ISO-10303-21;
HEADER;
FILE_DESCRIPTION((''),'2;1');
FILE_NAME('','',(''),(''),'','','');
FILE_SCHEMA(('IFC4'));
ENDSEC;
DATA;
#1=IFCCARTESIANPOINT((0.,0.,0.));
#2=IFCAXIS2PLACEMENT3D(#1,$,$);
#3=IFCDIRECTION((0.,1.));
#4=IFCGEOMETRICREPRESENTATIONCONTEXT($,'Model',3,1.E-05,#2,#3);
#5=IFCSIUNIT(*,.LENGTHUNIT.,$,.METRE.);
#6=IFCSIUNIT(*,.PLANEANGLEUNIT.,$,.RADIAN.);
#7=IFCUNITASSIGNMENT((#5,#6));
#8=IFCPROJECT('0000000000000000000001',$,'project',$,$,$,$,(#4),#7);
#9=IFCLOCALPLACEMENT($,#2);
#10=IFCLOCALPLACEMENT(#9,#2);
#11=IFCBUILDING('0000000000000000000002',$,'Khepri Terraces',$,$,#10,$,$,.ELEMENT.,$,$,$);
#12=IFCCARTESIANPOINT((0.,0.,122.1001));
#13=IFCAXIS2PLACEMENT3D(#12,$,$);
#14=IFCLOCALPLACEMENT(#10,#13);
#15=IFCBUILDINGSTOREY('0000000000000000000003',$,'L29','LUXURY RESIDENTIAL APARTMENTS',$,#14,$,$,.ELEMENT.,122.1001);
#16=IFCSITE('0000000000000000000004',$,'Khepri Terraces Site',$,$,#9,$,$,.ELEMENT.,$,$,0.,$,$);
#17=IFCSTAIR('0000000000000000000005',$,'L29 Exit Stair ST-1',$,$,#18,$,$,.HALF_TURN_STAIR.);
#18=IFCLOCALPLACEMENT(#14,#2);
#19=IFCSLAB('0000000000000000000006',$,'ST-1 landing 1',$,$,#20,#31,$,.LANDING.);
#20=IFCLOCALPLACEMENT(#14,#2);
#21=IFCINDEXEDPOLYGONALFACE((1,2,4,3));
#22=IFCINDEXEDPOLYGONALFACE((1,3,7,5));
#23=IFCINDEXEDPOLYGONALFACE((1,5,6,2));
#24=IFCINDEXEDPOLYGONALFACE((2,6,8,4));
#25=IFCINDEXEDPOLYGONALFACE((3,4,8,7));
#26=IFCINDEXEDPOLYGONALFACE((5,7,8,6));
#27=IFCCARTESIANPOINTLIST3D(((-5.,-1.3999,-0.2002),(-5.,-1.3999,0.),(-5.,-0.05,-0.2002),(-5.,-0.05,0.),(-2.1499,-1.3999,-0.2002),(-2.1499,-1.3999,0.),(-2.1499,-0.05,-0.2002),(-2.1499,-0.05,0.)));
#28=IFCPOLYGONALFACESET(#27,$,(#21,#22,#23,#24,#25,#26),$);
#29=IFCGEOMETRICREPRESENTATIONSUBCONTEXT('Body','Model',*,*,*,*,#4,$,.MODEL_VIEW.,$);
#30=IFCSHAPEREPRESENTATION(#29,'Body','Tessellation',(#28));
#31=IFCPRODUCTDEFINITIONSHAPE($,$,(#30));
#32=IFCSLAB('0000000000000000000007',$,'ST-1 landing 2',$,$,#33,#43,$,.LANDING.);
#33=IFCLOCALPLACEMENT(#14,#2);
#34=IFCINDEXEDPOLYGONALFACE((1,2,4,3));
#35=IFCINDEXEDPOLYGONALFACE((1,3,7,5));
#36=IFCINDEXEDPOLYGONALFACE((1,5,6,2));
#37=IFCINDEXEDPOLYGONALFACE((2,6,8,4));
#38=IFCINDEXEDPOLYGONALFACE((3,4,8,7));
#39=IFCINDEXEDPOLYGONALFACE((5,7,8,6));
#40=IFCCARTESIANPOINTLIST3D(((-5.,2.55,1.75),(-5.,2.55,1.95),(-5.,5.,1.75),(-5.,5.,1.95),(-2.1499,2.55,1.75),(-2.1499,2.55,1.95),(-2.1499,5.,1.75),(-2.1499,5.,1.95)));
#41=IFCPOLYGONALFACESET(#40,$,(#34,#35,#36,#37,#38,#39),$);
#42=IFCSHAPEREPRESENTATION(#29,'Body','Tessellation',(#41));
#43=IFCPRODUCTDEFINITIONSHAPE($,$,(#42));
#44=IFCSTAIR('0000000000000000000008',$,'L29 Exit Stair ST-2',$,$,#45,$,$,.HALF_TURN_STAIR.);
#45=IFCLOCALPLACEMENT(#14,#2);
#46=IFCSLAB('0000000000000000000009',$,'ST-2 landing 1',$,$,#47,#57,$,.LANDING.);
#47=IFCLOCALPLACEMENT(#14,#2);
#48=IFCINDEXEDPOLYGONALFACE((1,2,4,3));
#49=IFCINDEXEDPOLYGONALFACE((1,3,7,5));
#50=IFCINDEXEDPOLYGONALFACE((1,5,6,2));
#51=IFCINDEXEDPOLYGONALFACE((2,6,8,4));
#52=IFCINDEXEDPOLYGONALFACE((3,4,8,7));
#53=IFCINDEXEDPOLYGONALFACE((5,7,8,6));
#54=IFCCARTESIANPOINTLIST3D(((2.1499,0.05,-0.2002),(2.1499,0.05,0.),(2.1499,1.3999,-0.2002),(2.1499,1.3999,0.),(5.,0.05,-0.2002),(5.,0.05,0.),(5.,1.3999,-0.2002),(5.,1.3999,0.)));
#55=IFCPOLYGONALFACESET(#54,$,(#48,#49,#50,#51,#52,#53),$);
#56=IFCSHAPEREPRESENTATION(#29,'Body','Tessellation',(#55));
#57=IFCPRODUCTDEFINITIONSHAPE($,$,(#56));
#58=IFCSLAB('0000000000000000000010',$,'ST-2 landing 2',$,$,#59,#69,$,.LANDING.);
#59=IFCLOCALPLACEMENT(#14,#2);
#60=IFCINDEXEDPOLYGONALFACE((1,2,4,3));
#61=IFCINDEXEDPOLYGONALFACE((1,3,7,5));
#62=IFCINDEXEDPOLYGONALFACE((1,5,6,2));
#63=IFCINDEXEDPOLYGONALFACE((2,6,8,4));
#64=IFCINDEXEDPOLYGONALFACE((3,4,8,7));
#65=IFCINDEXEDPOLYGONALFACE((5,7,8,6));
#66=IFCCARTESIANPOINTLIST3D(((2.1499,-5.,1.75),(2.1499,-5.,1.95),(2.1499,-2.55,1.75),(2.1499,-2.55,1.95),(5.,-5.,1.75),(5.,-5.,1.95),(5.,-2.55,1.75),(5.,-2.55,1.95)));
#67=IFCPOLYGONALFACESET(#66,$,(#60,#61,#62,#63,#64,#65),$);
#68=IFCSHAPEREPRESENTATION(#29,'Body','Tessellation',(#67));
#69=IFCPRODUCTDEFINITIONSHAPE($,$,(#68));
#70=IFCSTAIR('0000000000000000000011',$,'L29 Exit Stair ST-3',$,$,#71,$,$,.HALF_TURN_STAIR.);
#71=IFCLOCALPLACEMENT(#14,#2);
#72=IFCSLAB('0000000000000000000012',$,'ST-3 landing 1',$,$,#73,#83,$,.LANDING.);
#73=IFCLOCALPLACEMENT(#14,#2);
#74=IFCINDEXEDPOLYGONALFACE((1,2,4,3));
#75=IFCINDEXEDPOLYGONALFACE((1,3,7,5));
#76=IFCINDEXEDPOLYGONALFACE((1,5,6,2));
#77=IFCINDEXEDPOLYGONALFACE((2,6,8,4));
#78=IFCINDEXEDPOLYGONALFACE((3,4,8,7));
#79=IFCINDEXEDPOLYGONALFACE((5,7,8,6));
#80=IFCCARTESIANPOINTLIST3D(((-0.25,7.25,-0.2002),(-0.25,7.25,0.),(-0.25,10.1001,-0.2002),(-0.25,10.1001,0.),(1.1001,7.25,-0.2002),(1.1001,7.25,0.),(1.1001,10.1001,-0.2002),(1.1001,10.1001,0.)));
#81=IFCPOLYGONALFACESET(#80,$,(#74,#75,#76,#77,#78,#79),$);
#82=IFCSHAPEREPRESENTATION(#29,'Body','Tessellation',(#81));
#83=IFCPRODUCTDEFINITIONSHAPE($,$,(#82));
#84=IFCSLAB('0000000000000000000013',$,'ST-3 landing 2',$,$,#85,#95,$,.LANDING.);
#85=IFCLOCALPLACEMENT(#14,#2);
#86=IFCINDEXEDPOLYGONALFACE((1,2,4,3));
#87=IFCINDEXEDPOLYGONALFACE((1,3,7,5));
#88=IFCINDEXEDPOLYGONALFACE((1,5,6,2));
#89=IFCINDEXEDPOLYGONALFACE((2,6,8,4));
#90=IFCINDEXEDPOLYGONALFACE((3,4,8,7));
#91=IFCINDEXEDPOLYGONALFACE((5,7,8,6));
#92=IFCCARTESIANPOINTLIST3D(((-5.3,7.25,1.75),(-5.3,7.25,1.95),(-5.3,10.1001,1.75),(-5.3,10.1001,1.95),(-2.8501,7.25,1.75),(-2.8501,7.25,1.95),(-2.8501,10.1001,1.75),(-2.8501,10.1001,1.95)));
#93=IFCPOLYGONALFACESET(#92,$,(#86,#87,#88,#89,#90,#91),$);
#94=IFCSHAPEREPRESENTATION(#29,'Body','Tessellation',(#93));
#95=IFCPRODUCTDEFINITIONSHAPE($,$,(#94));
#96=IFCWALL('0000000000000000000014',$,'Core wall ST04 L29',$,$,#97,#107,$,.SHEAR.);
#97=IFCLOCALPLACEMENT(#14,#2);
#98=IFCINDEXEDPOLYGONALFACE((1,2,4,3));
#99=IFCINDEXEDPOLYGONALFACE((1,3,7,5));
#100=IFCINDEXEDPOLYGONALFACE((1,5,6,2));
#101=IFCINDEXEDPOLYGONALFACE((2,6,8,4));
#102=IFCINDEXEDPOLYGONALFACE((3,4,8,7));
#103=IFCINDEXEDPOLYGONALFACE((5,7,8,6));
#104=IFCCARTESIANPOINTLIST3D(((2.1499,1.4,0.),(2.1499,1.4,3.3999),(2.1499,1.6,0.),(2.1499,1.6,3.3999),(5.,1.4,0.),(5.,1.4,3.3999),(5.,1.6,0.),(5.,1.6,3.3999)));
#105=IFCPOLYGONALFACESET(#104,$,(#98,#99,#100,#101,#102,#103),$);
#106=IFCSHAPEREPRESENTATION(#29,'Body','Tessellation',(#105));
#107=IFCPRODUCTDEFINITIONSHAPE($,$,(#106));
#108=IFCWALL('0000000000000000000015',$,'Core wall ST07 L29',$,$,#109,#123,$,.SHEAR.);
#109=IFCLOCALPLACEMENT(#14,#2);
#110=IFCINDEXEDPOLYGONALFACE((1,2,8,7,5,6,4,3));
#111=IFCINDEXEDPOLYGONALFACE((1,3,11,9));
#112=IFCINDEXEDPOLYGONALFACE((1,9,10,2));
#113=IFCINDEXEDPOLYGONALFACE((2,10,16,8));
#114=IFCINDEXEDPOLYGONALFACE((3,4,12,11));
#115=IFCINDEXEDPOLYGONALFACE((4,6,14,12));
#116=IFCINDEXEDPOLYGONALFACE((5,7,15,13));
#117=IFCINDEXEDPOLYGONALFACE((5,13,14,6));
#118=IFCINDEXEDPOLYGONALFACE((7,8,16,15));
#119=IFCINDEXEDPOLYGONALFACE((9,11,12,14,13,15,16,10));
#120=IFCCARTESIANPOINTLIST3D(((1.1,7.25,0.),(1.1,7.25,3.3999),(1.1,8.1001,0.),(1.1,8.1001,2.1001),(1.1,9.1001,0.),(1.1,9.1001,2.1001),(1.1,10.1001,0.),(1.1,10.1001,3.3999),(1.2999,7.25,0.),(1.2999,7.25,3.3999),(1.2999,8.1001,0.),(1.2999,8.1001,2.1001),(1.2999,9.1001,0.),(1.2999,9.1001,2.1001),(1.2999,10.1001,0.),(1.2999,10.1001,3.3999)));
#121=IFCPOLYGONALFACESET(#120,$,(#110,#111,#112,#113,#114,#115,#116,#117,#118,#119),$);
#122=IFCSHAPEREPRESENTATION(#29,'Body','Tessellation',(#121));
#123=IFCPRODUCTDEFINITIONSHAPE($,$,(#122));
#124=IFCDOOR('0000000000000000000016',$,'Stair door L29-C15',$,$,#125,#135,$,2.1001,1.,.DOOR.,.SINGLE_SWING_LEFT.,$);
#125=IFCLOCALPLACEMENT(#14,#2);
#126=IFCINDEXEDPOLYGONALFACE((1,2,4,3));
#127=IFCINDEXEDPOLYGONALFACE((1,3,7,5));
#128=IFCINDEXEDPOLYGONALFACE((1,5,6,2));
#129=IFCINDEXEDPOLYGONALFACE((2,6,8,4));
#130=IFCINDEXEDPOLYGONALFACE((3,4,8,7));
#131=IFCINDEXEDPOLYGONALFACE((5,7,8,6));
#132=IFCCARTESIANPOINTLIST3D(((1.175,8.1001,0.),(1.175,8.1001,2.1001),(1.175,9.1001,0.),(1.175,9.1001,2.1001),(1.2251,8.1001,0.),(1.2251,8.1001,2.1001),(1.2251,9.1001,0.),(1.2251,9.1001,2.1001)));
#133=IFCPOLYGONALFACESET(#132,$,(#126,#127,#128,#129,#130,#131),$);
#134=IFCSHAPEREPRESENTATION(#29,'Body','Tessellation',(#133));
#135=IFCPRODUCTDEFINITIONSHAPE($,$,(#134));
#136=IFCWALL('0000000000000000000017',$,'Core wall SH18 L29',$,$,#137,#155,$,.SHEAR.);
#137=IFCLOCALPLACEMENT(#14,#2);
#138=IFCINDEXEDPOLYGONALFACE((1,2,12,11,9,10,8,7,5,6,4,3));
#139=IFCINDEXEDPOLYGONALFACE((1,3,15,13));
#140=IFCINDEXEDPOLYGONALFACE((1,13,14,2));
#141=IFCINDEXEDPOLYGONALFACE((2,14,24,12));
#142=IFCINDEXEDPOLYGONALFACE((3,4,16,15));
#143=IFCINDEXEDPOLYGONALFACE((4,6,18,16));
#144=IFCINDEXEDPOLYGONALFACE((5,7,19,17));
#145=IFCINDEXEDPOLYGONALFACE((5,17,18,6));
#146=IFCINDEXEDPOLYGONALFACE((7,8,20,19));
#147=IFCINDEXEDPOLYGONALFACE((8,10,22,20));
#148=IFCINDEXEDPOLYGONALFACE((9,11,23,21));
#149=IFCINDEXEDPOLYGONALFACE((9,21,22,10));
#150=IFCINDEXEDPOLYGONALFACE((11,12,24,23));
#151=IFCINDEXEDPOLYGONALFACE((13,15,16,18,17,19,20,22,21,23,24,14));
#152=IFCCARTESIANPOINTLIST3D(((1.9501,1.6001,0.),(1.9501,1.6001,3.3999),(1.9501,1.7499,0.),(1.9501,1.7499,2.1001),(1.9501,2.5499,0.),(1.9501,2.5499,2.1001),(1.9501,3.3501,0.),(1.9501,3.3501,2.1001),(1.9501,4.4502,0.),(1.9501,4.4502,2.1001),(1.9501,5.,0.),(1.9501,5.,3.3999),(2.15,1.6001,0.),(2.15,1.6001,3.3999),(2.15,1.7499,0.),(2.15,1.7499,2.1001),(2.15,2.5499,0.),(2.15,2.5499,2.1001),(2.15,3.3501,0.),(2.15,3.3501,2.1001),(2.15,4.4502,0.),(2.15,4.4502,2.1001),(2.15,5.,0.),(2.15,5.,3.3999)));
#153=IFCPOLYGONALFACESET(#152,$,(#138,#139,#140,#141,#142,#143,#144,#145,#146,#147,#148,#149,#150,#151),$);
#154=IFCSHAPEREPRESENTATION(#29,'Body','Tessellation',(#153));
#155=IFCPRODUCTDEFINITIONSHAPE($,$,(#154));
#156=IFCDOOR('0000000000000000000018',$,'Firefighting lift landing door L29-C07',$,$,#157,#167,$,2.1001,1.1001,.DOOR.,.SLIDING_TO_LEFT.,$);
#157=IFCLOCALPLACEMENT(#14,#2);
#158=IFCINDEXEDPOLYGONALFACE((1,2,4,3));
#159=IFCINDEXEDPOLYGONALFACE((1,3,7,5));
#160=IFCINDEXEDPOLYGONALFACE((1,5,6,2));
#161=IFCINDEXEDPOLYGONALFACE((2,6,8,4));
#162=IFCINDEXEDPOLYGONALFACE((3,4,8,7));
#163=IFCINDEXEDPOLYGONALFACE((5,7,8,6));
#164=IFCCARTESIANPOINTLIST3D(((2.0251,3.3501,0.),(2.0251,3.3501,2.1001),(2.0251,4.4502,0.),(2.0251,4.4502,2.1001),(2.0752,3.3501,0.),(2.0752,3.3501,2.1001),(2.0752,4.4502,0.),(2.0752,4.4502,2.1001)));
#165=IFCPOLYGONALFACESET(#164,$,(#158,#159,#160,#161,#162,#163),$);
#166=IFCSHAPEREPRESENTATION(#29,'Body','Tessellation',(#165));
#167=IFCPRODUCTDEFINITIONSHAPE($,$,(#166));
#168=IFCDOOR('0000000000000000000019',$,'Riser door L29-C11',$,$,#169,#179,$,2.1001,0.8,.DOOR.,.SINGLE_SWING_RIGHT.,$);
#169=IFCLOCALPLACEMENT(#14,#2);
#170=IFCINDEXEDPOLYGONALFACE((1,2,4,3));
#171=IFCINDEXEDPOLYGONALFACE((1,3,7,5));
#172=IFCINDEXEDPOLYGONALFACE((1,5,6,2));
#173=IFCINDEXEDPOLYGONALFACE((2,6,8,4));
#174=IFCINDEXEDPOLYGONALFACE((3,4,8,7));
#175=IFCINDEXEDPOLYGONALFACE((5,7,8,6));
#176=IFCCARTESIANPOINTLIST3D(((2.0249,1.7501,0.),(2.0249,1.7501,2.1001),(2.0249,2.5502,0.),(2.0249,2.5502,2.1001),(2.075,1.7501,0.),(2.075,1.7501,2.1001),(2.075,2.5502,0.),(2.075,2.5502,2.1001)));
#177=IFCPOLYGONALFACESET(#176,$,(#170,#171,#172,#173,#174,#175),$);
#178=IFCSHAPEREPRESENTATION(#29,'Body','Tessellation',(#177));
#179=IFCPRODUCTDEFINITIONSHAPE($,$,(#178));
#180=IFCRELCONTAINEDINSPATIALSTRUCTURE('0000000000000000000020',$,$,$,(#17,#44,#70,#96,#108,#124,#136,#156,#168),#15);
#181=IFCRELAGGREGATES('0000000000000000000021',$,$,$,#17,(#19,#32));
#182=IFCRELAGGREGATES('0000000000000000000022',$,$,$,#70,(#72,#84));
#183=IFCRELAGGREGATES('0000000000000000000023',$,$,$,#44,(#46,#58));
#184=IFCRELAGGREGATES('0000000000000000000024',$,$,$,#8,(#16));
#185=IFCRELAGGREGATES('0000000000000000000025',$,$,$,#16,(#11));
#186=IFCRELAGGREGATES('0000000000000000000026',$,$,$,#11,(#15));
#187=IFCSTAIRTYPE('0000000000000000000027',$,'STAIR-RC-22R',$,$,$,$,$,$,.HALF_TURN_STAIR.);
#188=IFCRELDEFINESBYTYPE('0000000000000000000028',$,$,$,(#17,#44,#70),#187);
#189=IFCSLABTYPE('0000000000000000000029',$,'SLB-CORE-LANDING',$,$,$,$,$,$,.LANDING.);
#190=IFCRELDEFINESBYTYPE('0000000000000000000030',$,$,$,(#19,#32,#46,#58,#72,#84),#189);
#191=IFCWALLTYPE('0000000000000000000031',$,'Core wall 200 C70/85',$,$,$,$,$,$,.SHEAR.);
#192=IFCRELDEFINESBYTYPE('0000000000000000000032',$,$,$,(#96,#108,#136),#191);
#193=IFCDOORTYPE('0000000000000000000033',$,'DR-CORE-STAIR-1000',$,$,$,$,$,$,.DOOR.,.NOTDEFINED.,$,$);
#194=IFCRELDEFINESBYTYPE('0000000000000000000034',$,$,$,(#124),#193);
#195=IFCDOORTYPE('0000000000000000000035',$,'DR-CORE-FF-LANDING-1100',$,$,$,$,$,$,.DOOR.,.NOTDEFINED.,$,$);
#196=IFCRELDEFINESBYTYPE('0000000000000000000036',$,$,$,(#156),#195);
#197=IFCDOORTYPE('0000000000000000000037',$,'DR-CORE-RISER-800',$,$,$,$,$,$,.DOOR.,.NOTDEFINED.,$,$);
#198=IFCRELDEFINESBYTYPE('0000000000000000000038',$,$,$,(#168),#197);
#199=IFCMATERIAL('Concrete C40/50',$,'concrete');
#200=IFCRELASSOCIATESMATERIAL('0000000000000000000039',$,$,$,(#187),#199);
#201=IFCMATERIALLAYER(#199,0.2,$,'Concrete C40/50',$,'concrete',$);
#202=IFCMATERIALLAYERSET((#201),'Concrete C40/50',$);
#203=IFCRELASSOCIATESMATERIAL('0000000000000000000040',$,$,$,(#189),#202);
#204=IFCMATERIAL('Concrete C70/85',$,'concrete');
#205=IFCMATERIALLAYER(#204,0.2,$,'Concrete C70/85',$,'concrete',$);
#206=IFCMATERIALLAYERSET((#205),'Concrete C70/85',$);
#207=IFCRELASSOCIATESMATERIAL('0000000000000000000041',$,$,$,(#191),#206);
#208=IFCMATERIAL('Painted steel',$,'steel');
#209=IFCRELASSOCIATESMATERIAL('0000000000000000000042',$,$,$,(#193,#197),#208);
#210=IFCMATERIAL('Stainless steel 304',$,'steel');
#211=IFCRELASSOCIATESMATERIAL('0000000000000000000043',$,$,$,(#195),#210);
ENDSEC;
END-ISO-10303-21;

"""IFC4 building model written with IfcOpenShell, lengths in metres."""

from ifc_helpers import new_model, si_unit, direction, frame, frame_2d, origin, place, context, subcontext, project, spatial, polyline, rectangle, outline, extrude, material, layer, layer_set, type_object, element, fill, aggregate, save


model = new_model("IFC4")

# Units and contexts
model_context = context("Model", 3, precision=1e-05, world=origin(), true_north=direction((0.0, 1.0)))
body_context = subcontext(model_context, "Body", "Model", "MODEL_VIEW")
ifc_project = project(units=[si_unit("LENGTHUNIT", "METRE"), si_unit("PLANEANGLEUNIT", "RADIAN")], contexts=[model_context])

# Site, building, storey
site_placement = place(None, origin())
site = spatial("IfcSite", under=ifc_project, at=site_placement, Name="Khepri Terraces Site", CompositionType="ELEMENT", RefElevation=0.0)
building_placement = place(site_placement, origin())
building = spatial("IfcBuilding", under=site, at=building_placement, Name="Khepri Terraces", CompositionType="ELEMENT")
storey_placement = place(building_placement, frame((0.0, 0.0, 122.1001)))
storey = spatial("IfcBuildingStorey", under=building, at=storey_placement, Name="L29", Description="LUXURY RESIDENTIAL APARTMENTS", CompositionType="ELEMENT", Elevation=122.1001)

# Stairs, slabs
ifc_material_1 = material(Name="Concrete C40/50", Category="concrete")
stair_type = type_object("IfcStairType", Name="STAIR-RC-22R", PredefinedType="HALF_TURN_STAIR", material=ifc_material_1)
stair_1_placement = place(storey_placement, origin())
stair_1 = element("IfcStair", 1, at=stair_1_placement, inside=storey, type_object=stair_type, Name="L29 Exit Stair ST-1", PredefinedType="HALF_TURN_STAIR")
ifc_layer_1 = layer(ifc_material_1, 0.2, Name="Concrete C40/50", Category="concrete")
ifc_layer_set_1 = layer_set([ifc_layer_1], Name="Concrete C40/50")
slab_type = type_object("IfcSlabType", Name="SLB-CORE-LANDING", PredefinedType="LANDING", material=ifc_layer_set_1)
slab_1_placement = place(storey_placement, frame((0.0, 0.0, -0.2002)))
slab_1 = element("IfcSlab", 2, at=slab_1_placement, type_object=slab_type, Name="ST-1 landing 1", PredefinedType="LANDING", context=body_context, shape_type="SweptSolid", body=[
    extrude(outline(polyline([(-2.1499, -1.3999), (-2.1499, -0.05), (-5.0, -0.05), (-5.0, -1.3999), (-2.1499, -1.3999)])), origin(), (0.0, 0.0, 1.0), 0.2002),
])
slab_2_placement = place(storey_placement, frame((0.0, 0.0, 1.75)))
slab_2 = element("IfcSlab", 3, at=slab_2_placement, type_object=slab_type, Name="ST-1 landing 2", PredefinedType="LANDING", context=body_context, shape_type="SweptSolid", body=[
    extrude(outline(polyline([(-2.1499, 2.55), (-2.1499, 5.0), (-5.0, 5.0), (-5.0, 2.55), (-2.1499, 2.55)])), origin(), (0.0, 0.0, 1.0), 0.2),
])
aggregate(stair_1, [slab_1, slab_2])
stair_2_placement = place(storey_placement, origin())
stair_2 = element("IfcStair", 4, at=stair_2_placement, inside=storey, type_object=stair_type, Name="L29 Exit Stair ST-2", PredefinedType="HALF_TURN_STAIR")
slab_3_placement = place(storey_placement, frame((0.0, 0.0, -0.2002)))
slab_3 = element("IfcSlab", 5, at=slab_3_placement, type_object=slab_type, Name="ST-2 landing 1", PredefinedType="LANDING", context=body_context, shape_type="SweptSolid", body=[
    extrude(outline(polyline([(2.1499, 1.3999), (2.1499, 0.05), (5.0, 0.05), (5.0, 1.3999), (2.1499, 1.3999)])), origin(), (0.0, 0.0, 1.0), 0.2002),
])
slab_4_placement = place(storey_placement, frame((0.0, 0.0, 1.75)))
slab_4 = element("IfcSlab", 6, at=slab_4_placement, type_object=slab_type, Name="ST-2 landing 2", PredefinedType="LANDING", context=body_context, shape_type="SweptSolid", body=[
    extrude(outline(polyline([(2.1499, -2.55), (2.1499, -5.0), (5.0, -5.0), (5.0, -2.55), (2.1499, -2.55)])), origin(), (0.0, 0.0, 1.0), 0.2),
])
stair_3_placement = place(storey_placement, origin())
stair_3 = element("IfcStair", 7, at=stair_3_placement, inside=storey, type_object=stair_type, Name="L29 Exit Stair ST-3", PredefinedType="HALF_TURN_STAIR")
slab_5_placement = place(storey_placement, frame((0.0, 0.0, -0.2002)))
slab_5 = element("IfcSlab", 8, at=slab_5_placement, type_object=slab_type, Name="ST-3 landing 1", PredefinedType="LANDING", context=body_context, shape_type="SweptSolid", body=[
    extrude(outline(polyline([(1.1001, 10.1001), (-0.25, 10.1001), (-0.25, 7.25), (1.1001, 7.25), (1.1001, 10.1001)])), origin(), (0.0, 0.0, 1.0), 0.2002),
])
slab_6_placement = place(storey_placement, frame((0.0, 0.0, 1.75)))
slab_6 = element("IfcSlab", 9, at=slab_6_placement, type_object=slab_type, Name="ST-3 landing 2", PredefinedType="LANDING", context=body_context, shape_type="SweptSolid", body=[
    extrude(outline(polyline([(-2.8501, 10.1001), (-5.3, 10.1001), (-5.3, 7.25), (-2.8501, 7.25), (-2.8501, 10.1001)])), origin(), (0.0, 0.0, 1.0), 0.2),
])
aggregate(stair_3, [slab_5, slab_6])

# Wall
ifc_material_2 = material(Name="Concrete C70/85", Category="concrete")
ifc_layer_2 = layer(ifc_material_2, 0.2, Name="Concrete C70/85", Category="concrete")
ifc_layer_set_2 = layer_set([ifc_layer_2], Name="Concrete C70/85")
wall_type = type_object("IfcWallType", Name="Core wall 200 C70/85", PredefinedType="SHEAR", material=ifc_layer_set_2)
wall_1_placement = place(storey_placement, frame((2.1499, 1.5, 0.0), z_axis=(0.0, 0.0, 1.0), x_axis=(1.0, 0.0, 0.0)))
element("IfcWall", 10, at=wall_1_placement, inside=storey, type_object=wall_type, Name="Core wall ST04 L29", PredefinedType="SHEAR", context=body_context, shape_type="SweptSolid", body=[
    extrude(rectangle(XDim=2.8501, YDim=0.2, at=frame_2d((1.425, 0.0))), origin(), (0.0, 0.0, 1.0), 3.3999),
])

# Wall, opening, door
wall_2_placement = place(storey_placement, frame((1.2, 7.25, 0.0), z_axis=(0.0, 0.0, 1.0), x_axis=(0.0, 1.0, 0.0)))
wall_2 = element("IfcWall", 11, at=wall_2_placement, inside=storey, type_object=wall_type, Name="Core wall ST07 L29", PredefinedType="SHEAR", context=body_context, shape_type="SweptSolid", body=[
    extrude(rectangle(XDim=2.8501, YDim=0.2, at=frame_2d((1.425, 0.0))), origin(), (0.0, 0.0, 1.0), 3.3999),
])
opening_1_placement = place(wall_2_placement, frame((0.8501, 0.0, 0.0)))
opening_1 = element("IfcOpeningElement", 12, at=opening_1_placement, cuts=wall_2, PredefinedType="OPENING", context=body_context, shape_type="SweptSolid", body=[
    extrude(rectangle(XDim=1.0, YDim=2.1001, at=frame_2d((0.5, 1.05))), frame((0.0, 0.1099, 0.0), z_axis=(0.0, -1.0, 0.0), x_axis=(1.0, 0.0, 0.0)), (0.0, 0.0, 1.0), 0.22),
])
ifc_material_3 = material(Name="Painted steel", Category="steel")
door_type_1 = type_object("IfcDoorType", Name="DR-CORE-STAIR-1000", OperationType="NOTDEFINED", PredefinedType="DOOR", material=ifc_material_3)
door_1_placement = place(opening_1_placement, origin())
door_1 = element("IfcDoor", 13, at=door_1_placement, inside=storey, type_object=door_type_1, Name="Stair door L29-C15", OperationType="SINGLE_SWING_LEFT", OverallHeight=2.1001, OverallWidth=1.0, PredefinedType="DOOR", context=body_context, shape_type="SweptSolid", body=[
    extrude(rectangle(XDim=1.0, YDim=2.1001, at=frame_2d((0.5, 1.05))), frame((0.0, 0.0249, 0.0), z_axis=(0.0, -1.0, 0.0), x_axis=(1.0, 0.0, 0.0)), (0.0, 0.0, 1.0), 0.05),
])
fill(opening_1, door_1)

# Wall, openings, doors
wall_3_placement = place(storey_placement, frame((2.05, 1.6001, 0.0), z_axis=(0.0, 0.0, 1.0), x_axis=(0.0, 1.0, 0.0)))
wall_3 = element("IfcWall", 14, at=wall_3_placement, inside=storey, type_object=wall_type, Name="Core wall SH18 L29", PredefinedType="SHEAR", context=body_context, shape_type="SweptSolid", body=[
    extrude(rectangle(XDim=3.3999, YDim=0.2, at=frame_2d((1.7, 0.0))), origin(), (0.0, 0.0, 1.0), 3.3999),
])
opening_2_placement = place(wall_3_placement, frame((1.75, 0.0, 0.0)))
opening_2 = element("IfcOpeningElement", 15, at=opening_2_placement, cuts=wall_3, PredefinedType="OPENING", context=body_context, shape_type="SweptSolid", body=[
    extrude(rectangle(XDim=1.1001, YDim=2.1001, at=frame_2d((0.55, 1.05))), frame((0.0, 0.1099, 0.0), z_axis=(0.0, -1.0, 0.0), x_axis=(1.0, 0.0, 0.0)), (0.0, 0.0, 1.0), 0.22),
])
opening_3_placement = place(wall_3_placement, frame((0.1499, 0.0, 0.0)))
opening_3 = element("IfcOpeningElement", 16, at=opening_3_placement, cuts=wall_3, PredefinedType="OPENING", context=body_context, shape_type="SweptSolid", body=[
    extrude(rectangle(XDim=0.8, YDim=2.1001, at=frame_2d((0.3999, 1.05))), frame((0.0, 0.1099, 0.0), z_axis=(0.0, -1.0, 0.0), x_axis=(1.0, 0.0, 0.0)), (0.0, 0.0, 1.0), 0.22),
])
ifc_material_4 = material(Name="Stainless steel 304", Category="steel")
door_type_2 = type_object("IfcDoorType", Name="DR-CORE-FF-LANDING-1100", OperationType="NOTDEFINED", PredefinedType="DOOR", material=ifc_material_4)
door_2_placement = place(opening_2_placement, origin())
door_2 = element("IfcDoor", 17, at=door_2_placement, inside=storey, type_object=door_type_2, Name="Firefighting lift landing door L29-C07", OperationType="SLIDING_TO_LEFT", OverallHeight=2.1001, OverallWidth=1.1001, PredefinedType="DOOR", context=body_context, shape_type="SweptSolid", body=[
    extrude(rectangle(XDim=1.1001, YDim=2.1001, at=frame_2d((0.55, 1.05))), frame((0.0, 0.0249, 0.0), z_axis=(0.0, -1.0, 0.0), x_axis=(1.0, 0.0, 0.0)), (0.0, 0.0, 1.0), 0.05),
])
fill(opening_2, door_2)
door_type_3 = type_object("IfcDoorType", Name="DR-CORE-RISER-800", OperationType="NOTDEFINED", PredefinedType="DOOR", material=ifc_material_3)
door_3_placement = place(opening_3_placement, frame((0.8, 0.0, 0.0), z_axis=(0.0, 0.0, 1.0), x_axis=(-1.0, 0.0, 0.0)))
door_3 = element("IfcDoor", 18, at=door_3_placement, inside=storey, type_object=door_type_3, Name="Riser door L29-C11", OperationType="SINGLE_SWING_RIGHT", OverallHeight=2.1001, OverallWidth=0.8, PredefinedType="DOOR", context=body_context, shape_type="SweptSolid", body=[
    extrude(rectangle(XDim=0.8, YDim=2.1001, at=frame_2d((0.3999, 1.05))), frame((0.0, 0.0249, 0.0), z_axis=(0.0, -1.0, 0.0), x_axis=(1.0, 0.0, 0.0)), (0.0, 0.0, 1.0), 0.05),
])
fill(opening_3, door_3)

aggregate(stair_2, [slab_3, slab_4])

save(model, "model.ifc")
